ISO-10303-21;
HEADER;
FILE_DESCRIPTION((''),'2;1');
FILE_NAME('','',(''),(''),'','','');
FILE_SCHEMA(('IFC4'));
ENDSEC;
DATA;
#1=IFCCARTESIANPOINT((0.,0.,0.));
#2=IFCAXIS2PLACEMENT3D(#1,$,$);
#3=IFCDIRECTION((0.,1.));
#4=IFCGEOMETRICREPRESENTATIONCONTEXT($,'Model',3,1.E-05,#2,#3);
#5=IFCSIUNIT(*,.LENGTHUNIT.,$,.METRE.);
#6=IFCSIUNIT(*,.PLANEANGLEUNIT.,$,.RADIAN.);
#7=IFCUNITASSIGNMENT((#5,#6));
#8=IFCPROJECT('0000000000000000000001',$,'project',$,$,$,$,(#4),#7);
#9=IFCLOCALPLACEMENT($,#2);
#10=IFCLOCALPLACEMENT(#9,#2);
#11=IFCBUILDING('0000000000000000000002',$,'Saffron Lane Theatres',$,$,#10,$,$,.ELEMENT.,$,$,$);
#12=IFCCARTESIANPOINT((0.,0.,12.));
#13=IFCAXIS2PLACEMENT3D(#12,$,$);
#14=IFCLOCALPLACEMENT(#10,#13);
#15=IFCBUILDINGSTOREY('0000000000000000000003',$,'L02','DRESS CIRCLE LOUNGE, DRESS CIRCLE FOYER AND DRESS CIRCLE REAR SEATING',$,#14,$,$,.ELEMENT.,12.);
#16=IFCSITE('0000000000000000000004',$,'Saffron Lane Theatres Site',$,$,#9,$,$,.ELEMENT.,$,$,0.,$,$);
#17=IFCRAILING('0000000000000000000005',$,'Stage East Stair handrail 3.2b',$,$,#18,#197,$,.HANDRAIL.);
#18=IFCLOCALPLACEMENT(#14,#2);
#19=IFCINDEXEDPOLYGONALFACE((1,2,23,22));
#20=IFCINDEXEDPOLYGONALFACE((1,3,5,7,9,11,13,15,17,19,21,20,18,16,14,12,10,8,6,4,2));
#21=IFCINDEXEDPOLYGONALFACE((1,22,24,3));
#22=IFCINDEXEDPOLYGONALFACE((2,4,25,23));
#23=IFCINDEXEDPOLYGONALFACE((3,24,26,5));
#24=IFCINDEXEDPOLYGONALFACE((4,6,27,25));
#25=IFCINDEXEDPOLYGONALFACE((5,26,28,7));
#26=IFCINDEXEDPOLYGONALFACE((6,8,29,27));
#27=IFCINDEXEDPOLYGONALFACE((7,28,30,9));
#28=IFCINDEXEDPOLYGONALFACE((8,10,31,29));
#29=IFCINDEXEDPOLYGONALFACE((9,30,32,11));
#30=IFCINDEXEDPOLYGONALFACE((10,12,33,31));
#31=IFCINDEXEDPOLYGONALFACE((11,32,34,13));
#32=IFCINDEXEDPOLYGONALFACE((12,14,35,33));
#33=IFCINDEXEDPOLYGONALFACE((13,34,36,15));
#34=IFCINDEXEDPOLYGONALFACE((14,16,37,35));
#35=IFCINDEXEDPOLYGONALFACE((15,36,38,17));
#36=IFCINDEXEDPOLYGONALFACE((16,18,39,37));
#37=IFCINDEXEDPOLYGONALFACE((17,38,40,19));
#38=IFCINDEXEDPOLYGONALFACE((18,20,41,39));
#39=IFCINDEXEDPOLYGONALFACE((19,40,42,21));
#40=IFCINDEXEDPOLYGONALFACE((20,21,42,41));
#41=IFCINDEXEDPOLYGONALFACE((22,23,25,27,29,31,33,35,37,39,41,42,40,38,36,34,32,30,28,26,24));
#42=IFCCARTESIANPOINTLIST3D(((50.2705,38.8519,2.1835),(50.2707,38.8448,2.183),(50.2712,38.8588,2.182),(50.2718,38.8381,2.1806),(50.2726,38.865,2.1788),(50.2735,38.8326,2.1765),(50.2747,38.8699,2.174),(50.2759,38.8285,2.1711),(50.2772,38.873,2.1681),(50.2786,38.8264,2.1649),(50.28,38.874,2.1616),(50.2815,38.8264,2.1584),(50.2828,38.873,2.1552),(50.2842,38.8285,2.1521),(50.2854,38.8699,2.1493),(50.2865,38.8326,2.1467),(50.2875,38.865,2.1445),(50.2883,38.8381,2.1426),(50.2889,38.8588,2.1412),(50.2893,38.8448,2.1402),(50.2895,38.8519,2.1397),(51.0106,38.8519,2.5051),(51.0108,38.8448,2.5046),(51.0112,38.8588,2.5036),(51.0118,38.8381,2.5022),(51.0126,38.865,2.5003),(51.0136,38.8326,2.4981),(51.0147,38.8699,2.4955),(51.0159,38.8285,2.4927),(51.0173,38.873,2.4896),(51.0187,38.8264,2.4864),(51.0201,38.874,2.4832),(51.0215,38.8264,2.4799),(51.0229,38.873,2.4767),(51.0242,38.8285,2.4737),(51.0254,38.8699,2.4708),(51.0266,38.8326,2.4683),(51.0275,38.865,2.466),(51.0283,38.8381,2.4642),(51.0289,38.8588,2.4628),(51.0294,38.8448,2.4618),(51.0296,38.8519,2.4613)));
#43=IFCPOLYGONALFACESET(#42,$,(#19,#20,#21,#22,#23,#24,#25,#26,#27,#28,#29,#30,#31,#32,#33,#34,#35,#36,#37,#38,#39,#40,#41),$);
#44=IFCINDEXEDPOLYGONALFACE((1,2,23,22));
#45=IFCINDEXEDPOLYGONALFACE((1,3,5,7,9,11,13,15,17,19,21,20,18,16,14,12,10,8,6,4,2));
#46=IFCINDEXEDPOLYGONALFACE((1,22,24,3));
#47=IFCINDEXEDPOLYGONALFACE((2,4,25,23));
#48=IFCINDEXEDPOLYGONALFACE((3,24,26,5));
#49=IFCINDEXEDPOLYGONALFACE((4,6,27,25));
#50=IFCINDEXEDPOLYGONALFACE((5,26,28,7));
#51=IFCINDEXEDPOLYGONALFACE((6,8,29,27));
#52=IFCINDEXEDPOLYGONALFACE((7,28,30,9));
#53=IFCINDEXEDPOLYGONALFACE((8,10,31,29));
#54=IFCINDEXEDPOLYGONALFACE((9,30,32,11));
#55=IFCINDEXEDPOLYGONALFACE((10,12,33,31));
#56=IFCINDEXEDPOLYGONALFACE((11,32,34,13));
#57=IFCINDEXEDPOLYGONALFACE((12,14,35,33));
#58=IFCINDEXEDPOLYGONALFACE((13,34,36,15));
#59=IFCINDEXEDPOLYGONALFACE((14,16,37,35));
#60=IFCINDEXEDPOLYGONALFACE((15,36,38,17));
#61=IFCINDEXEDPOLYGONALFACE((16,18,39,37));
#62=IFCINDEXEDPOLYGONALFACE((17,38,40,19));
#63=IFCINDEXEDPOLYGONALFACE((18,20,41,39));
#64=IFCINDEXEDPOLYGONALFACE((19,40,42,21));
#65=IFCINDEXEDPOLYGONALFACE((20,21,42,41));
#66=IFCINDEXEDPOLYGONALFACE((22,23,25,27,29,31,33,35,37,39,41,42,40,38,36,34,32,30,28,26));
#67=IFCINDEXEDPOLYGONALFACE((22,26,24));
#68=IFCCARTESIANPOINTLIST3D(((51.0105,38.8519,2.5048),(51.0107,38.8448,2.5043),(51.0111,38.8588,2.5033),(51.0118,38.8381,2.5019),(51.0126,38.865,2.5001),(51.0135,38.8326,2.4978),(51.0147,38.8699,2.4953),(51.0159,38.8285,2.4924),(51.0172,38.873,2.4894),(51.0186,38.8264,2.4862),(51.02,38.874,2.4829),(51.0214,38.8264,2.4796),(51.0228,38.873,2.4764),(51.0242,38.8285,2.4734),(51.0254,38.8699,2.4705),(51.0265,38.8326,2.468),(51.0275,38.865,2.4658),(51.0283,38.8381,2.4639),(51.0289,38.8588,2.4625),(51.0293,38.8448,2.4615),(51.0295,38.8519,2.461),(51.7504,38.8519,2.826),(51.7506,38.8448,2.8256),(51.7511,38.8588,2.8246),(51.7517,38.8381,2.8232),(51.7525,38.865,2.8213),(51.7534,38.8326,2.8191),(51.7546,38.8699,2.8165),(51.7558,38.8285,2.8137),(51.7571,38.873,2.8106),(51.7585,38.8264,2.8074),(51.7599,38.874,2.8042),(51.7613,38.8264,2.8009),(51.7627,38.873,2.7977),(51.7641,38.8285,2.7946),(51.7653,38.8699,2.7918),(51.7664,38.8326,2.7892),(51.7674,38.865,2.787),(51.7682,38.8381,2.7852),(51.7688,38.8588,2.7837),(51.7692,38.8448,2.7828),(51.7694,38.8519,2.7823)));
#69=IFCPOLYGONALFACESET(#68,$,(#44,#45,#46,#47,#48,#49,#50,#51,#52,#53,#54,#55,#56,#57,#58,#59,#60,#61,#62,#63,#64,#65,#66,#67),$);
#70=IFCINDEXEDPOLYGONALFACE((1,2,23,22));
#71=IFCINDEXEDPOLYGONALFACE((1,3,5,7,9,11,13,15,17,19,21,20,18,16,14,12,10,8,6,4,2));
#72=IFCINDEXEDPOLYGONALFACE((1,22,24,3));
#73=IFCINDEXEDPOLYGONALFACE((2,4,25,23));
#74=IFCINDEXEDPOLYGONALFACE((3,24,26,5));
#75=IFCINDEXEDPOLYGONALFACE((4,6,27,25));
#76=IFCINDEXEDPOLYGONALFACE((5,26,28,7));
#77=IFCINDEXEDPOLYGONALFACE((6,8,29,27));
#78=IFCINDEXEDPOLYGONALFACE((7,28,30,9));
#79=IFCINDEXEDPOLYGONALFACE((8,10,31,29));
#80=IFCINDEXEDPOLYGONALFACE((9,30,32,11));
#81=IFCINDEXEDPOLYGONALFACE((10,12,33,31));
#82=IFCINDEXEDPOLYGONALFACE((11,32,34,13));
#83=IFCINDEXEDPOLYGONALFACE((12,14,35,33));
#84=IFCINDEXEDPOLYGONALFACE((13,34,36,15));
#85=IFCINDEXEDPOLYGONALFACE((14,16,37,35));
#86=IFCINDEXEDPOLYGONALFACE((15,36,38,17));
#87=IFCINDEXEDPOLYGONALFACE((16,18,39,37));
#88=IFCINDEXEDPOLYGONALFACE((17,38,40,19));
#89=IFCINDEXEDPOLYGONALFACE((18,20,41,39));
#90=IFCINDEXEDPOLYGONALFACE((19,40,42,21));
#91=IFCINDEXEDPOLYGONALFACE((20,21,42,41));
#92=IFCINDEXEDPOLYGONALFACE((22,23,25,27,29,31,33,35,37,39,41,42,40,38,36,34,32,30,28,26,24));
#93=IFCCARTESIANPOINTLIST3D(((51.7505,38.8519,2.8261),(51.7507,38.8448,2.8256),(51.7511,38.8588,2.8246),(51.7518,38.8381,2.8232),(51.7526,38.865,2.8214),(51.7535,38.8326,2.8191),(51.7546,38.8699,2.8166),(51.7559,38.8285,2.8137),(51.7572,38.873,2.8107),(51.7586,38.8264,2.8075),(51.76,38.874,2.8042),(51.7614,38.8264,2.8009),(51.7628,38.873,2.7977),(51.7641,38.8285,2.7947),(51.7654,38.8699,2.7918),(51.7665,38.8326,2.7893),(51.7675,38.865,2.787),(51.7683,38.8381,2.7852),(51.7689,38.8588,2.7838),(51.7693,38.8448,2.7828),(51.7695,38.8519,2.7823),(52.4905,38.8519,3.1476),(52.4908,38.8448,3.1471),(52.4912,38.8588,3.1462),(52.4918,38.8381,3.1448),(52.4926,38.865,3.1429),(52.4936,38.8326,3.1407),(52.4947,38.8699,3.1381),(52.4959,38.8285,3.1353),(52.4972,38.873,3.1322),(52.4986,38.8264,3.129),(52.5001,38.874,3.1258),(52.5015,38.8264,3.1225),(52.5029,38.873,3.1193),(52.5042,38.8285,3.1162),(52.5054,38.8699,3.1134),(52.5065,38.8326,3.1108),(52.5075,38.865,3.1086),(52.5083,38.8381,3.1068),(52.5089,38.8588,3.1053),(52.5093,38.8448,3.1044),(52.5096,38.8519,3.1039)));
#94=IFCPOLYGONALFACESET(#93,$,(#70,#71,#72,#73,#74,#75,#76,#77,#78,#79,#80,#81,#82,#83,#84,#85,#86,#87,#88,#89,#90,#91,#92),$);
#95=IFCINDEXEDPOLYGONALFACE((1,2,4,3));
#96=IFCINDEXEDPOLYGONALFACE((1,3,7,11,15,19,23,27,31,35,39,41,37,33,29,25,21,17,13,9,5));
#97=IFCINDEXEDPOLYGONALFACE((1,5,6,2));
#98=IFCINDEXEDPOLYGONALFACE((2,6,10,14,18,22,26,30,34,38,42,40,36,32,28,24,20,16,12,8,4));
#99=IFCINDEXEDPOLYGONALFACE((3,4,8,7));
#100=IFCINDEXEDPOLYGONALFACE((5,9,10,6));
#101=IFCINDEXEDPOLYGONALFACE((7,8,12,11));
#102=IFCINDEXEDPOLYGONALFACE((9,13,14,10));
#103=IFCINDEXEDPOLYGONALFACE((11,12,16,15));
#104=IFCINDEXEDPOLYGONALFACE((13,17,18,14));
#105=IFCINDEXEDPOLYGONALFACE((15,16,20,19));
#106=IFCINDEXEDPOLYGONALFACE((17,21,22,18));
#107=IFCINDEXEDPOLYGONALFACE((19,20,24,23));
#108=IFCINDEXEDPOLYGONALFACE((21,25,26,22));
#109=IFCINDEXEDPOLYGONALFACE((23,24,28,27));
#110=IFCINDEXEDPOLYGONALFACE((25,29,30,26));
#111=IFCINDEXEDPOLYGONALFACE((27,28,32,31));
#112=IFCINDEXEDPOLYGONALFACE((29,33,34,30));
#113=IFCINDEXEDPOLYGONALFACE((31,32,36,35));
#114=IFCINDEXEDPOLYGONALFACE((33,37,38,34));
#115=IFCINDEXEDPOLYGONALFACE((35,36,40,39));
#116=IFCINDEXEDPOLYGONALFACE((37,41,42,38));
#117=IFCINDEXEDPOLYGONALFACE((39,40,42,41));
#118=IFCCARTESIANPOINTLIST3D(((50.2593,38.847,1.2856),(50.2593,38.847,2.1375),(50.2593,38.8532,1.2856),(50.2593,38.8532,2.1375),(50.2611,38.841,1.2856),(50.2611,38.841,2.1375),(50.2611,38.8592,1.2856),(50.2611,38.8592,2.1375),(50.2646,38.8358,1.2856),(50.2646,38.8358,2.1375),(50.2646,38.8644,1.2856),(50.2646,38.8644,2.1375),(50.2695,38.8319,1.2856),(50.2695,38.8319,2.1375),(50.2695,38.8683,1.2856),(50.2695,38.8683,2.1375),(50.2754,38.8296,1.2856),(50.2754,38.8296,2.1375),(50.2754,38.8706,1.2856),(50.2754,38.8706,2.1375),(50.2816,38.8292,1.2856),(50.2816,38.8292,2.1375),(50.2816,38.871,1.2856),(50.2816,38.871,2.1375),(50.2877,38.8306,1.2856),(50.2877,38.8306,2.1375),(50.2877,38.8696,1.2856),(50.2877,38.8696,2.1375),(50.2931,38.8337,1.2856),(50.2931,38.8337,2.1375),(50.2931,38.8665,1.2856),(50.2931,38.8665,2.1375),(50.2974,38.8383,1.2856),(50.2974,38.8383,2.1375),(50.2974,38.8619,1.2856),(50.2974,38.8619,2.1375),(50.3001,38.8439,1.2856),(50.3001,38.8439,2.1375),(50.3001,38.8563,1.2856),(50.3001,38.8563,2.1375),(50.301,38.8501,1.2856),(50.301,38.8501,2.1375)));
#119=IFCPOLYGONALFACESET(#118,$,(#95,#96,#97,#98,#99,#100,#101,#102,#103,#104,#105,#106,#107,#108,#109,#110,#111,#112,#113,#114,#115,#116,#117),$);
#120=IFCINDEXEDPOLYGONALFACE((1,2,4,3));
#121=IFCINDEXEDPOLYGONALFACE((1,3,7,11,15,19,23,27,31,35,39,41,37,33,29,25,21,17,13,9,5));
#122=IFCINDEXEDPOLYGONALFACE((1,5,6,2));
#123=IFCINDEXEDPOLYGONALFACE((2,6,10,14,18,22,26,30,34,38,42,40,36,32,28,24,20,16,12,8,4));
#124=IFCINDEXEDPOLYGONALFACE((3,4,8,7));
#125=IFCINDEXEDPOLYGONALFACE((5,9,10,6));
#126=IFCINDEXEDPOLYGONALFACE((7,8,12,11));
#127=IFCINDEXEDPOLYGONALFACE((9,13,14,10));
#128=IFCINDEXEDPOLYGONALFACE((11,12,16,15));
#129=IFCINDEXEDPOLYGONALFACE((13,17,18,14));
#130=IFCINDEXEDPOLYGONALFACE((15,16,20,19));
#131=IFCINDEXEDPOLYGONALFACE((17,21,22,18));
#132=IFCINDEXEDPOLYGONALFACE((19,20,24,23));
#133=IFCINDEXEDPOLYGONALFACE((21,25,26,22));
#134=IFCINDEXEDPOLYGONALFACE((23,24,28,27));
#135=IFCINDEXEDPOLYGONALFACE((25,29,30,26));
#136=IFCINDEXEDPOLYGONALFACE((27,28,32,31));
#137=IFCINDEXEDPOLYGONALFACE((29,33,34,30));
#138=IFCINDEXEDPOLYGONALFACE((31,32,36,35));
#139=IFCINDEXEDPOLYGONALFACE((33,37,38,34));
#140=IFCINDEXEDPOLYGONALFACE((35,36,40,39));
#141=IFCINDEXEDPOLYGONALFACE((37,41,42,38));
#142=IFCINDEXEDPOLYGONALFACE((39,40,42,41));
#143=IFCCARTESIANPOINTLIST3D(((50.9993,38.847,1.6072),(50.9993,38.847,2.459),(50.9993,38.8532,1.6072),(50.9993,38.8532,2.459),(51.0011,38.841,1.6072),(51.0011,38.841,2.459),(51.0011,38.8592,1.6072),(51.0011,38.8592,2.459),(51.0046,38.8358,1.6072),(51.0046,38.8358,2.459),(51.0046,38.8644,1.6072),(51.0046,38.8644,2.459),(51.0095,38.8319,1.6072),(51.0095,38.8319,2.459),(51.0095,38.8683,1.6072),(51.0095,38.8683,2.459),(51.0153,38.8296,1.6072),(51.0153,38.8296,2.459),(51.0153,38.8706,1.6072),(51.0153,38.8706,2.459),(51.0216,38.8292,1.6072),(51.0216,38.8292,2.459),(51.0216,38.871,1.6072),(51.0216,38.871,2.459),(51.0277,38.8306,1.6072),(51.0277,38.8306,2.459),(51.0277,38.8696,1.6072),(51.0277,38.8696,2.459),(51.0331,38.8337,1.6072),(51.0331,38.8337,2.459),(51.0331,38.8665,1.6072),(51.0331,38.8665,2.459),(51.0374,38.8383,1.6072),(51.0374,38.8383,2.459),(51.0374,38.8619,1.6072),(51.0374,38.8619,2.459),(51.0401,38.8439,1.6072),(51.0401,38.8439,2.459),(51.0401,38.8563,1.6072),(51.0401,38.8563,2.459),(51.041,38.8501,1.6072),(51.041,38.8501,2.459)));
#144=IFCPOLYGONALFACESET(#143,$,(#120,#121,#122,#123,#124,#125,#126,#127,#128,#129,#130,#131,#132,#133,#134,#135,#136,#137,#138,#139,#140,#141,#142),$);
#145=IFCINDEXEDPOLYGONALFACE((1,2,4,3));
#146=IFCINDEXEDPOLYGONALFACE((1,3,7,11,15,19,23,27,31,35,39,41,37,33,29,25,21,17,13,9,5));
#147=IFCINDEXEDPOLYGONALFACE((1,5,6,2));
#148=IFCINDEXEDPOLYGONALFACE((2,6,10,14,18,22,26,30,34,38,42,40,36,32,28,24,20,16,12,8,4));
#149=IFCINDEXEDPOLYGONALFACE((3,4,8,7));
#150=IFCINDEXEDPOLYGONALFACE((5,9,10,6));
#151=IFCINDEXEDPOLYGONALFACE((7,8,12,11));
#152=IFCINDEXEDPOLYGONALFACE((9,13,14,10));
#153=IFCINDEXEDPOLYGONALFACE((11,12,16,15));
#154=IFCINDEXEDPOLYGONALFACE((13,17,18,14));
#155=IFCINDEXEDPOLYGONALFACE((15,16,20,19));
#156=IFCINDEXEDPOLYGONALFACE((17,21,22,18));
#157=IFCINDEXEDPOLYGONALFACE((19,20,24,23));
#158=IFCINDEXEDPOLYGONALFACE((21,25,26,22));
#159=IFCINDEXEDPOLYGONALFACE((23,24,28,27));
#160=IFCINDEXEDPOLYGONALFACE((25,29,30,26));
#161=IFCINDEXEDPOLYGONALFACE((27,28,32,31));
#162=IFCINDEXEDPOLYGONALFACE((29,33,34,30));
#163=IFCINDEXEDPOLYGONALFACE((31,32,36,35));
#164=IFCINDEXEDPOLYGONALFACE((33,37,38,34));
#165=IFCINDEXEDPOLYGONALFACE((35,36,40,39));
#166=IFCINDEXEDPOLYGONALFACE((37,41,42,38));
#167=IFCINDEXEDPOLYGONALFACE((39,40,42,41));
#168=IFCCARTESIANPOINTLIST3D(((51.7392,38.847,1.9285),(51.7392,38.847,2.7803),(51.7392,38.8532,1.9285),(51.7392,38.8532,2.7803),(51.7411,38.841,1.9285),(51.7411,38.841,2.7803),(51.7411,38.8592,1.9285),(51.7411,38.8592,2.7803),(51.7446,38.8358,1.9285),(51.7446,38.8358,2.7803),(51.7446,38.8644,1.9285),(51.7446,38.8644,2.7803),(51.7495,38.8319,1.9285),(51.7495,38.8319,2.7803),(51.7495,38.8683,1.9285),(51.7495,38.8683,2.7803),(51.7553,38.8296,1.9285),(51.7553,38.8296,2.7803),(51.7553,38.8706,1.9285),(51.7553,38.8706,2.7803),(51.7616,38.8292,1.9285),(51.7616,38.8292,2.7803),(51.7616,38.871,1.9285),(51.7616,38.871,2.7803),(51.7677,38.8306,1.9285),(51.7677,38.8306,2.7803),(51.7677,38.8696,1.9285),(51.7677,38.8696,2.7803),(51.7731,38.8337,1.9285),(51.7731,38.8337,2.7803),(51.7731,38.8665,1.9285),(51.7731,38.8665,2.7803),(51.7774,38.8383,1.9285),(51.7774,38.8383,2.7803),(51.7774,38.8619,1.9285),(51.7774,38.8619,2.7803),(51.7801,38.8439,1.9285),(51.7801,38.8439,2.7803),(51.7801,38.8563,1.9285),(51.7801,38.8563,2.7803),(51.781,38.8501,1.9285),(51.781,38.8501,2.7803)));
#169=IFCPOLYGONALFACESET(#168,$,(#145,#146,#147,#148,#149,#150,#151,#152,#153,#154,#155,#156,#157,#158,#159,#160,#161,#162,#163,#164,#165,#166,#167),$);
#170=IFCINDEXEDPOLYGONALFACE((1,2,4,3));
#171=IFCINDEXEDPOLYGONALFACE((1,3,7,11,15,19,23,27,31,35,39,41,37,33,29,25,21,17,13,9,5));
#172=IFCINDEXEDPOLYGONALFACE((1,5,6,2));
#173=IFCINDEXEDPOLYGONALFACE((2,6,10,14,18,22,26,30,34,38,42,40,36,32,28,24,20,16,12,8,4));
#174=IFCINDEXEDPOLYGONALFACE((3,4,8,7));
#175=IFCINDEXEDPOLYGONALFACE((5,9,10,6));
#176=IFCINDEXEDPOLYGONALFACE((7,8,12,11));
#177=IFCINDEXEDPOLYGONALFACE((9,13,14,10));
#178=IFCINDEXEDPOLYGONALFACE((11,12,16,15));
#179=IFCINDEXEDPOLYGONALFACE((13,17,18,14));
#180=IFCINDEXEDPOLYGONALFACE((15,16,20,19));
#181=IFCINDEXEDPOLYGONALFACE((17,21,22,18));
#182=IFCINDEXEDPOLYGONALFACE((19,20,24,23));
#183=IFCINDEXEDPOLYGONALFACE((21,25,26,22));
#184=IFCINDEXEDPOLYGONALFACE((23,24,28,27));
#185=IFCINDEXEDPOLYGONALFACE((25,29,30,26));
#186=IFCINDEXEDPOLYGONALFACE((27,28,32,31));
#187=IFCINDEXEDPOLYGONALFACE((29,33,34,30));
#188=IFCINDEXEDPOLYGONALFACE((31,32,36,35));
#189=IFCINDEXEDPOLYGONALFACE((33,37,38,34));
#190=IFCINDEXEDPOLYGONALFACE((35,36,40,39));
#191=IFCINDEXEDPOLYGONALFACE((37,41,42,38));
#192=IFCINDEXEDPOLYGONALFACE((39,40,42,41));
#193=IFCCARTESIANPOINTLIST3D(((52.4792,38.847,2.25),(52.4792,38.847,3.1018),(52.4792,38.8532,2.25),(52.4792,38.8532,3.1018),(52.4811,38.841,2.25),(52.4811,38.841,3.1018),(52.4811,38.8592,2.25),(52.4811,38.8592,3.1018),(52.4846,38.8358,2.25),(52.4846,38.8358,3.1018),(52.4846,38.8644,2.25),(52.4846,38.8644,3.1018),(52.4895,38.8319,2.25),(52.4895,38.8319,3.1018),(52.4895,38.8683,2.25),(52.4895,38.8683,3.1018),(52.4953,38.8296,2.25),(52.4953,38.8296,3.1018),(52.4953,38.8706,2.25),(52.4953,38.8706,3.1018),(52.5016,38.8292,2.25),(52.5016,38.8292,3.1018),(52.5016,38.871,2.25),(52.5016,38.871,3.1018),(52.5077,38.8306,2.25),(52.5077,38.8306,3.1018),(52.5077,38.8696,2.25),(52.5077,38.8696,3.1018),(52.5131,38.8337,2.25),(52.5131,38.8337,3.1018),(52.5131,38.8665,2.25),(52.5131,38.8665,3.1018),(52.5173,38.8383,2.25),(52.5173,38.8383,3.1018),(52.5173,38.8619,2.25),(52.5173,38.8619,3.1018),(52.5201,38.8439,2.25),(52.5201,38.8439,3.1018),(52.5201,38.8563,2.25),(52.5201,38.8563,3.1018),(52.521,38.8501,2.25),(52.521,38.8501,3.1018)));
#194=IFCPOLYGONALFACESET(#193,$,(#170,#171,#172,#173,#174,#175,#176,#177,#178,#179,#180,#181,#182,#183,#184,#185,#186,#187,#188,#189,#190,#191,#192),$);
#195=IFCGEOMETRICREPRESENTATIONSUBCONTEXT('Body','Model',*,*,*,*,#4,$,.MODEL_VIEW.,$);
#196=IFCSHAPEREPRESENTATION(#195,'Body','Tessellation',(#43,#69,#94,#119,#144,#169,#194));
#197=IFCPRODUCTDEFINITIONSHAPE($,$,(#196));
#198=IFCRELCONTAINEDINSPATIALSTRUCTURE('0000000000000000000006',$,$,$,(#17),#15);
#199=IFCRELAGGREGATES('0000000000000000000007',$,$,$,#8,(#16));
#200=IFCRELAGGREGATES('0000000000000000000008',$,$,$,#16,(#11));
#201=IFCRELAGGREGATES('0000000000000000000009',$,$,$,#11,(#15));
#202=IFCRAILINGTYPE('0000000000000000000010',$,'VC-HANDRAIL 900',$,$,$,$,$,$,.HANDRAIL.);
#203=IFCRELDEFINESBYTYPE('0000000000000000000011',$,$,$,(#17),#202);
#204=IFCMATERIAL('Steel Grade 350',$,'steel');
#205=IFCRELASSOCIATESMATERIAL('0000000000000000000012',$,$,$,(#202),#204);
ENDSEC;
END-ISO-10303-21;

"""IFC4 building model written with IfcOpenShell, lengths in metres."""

from ifc_helpers import new_model, si_unit, direction, frame, origin, origin_2d, place, context, subcontext, project, spatial, circle, extrude, material, type_object, element, save


model = new_model("IFC4")

# Units and contexts
model_context = context("Model", 3, precision=1e-05, world=origin(), true_north=direction((0.0, 1.0)))
body_context = subcontext(model_context, "Body", "Model", "MODEL_VIEW")
ifc_project = project(units=[si_unit("LENGTHUNIT", "METRE"), si_unit("PLANEANGLEUNIT", "RADIAN")], contexts=[model_context])

# Site, building, storey
site_placement = place(None, origin())
site = spatial("IfcSite", under=ifc_project, at=site_placement, Name="Saffron Lane Theatres Site", CompositionType="ELEMENT", RefElevation=0.0)
building_placement = place(site_placement, origin())
building = spatial("IfcBuilding", under=site, at=building_placement, Name="Saffron Lane Theatres", CompositionType="ELEMENT")
storey_placement = place(building_placement, frame((0.0, 0.0, 12.0)))
storey = spatial("IfcBuildingStorey", under=building, at=storey_placement, Name="L02", Description="DRESS CIRCLE LOUNGE, DRESS CIRCLE FOYER AND DRESS CIRCLE REAR SEATING", CompositionType="ELEMENT", Elevation=12.0)

# Railing
ifc_material_1 = material(Name="Steel Grade 350", Category="steel")
railing_type_1 = type_object("IfcRailingType", Name="VC-HANDRAIL 900", PredefinedType="HANDRAIL", material=ifc_material_1)
for number, where, name in (
    (1, (50.28, 38.8501, 1.2856), "Stage East Stair handrail 3.2b"),
):
    element("IfcRailing", number, at=place(storey_placement, frame(where)), inside=storey, type_object=railing_type_1, Name=name, PredefinedType="HANDRAIL", context=body_context, shape_type="SweptSolid", body=[
        extrude(circle(Radius=0.0239, at=origin_2d()), frame((0.0, 0.0, 0.876), z_axis=(0.917161, 0.0, 0.398516), x_axis=(0.0, 1.0, 0.0)), (0.0, 0.0, 1.0), 0.8069),
        extrude(circle(Radius=0.0239, at=origin_2d()), frame((0.74, 0.0, 1.1973), z_axis=(0.917272, 0.0, 0.398261), x_axis=(0.0, 1.0, 0.0)), (0.0, 0.0, 1.0), 0.8066),
        extrude(circle(Radius=0.0239, at=origin_2d()), frame((1.48, 0.0, 1.5186), z_axis=(0.917161, 0.0, 0.398516), x_axis=(0.0, 1.0, 0.0)), (0.0, 0.0, 1.0), 0.8069),
        extrude(circle(Radius=0.021, at=origin_2d()), origin(), (0.0, 0.0, 1.0), 0.8518),
        extrude(circle(Radius=0.021, at=origin_2d()), frame((0.74, 0.0, 0.3215)), (0.0, 0.0, 1.0), 0.8518),
        extrude(circle(Radius=0.021, at=origin_2d()), frame((1.48, 0.0, 0.6428)), (0.0, 0.0, 1.0), 0.8518),
        extrude(circle(Radius=0.021, at=origin_2d()), frame((2.22, 0.0, 0.9644)), (0.0, 0.0, 1.0), 0.8518),
    ])

save(model, "model.ifc")
